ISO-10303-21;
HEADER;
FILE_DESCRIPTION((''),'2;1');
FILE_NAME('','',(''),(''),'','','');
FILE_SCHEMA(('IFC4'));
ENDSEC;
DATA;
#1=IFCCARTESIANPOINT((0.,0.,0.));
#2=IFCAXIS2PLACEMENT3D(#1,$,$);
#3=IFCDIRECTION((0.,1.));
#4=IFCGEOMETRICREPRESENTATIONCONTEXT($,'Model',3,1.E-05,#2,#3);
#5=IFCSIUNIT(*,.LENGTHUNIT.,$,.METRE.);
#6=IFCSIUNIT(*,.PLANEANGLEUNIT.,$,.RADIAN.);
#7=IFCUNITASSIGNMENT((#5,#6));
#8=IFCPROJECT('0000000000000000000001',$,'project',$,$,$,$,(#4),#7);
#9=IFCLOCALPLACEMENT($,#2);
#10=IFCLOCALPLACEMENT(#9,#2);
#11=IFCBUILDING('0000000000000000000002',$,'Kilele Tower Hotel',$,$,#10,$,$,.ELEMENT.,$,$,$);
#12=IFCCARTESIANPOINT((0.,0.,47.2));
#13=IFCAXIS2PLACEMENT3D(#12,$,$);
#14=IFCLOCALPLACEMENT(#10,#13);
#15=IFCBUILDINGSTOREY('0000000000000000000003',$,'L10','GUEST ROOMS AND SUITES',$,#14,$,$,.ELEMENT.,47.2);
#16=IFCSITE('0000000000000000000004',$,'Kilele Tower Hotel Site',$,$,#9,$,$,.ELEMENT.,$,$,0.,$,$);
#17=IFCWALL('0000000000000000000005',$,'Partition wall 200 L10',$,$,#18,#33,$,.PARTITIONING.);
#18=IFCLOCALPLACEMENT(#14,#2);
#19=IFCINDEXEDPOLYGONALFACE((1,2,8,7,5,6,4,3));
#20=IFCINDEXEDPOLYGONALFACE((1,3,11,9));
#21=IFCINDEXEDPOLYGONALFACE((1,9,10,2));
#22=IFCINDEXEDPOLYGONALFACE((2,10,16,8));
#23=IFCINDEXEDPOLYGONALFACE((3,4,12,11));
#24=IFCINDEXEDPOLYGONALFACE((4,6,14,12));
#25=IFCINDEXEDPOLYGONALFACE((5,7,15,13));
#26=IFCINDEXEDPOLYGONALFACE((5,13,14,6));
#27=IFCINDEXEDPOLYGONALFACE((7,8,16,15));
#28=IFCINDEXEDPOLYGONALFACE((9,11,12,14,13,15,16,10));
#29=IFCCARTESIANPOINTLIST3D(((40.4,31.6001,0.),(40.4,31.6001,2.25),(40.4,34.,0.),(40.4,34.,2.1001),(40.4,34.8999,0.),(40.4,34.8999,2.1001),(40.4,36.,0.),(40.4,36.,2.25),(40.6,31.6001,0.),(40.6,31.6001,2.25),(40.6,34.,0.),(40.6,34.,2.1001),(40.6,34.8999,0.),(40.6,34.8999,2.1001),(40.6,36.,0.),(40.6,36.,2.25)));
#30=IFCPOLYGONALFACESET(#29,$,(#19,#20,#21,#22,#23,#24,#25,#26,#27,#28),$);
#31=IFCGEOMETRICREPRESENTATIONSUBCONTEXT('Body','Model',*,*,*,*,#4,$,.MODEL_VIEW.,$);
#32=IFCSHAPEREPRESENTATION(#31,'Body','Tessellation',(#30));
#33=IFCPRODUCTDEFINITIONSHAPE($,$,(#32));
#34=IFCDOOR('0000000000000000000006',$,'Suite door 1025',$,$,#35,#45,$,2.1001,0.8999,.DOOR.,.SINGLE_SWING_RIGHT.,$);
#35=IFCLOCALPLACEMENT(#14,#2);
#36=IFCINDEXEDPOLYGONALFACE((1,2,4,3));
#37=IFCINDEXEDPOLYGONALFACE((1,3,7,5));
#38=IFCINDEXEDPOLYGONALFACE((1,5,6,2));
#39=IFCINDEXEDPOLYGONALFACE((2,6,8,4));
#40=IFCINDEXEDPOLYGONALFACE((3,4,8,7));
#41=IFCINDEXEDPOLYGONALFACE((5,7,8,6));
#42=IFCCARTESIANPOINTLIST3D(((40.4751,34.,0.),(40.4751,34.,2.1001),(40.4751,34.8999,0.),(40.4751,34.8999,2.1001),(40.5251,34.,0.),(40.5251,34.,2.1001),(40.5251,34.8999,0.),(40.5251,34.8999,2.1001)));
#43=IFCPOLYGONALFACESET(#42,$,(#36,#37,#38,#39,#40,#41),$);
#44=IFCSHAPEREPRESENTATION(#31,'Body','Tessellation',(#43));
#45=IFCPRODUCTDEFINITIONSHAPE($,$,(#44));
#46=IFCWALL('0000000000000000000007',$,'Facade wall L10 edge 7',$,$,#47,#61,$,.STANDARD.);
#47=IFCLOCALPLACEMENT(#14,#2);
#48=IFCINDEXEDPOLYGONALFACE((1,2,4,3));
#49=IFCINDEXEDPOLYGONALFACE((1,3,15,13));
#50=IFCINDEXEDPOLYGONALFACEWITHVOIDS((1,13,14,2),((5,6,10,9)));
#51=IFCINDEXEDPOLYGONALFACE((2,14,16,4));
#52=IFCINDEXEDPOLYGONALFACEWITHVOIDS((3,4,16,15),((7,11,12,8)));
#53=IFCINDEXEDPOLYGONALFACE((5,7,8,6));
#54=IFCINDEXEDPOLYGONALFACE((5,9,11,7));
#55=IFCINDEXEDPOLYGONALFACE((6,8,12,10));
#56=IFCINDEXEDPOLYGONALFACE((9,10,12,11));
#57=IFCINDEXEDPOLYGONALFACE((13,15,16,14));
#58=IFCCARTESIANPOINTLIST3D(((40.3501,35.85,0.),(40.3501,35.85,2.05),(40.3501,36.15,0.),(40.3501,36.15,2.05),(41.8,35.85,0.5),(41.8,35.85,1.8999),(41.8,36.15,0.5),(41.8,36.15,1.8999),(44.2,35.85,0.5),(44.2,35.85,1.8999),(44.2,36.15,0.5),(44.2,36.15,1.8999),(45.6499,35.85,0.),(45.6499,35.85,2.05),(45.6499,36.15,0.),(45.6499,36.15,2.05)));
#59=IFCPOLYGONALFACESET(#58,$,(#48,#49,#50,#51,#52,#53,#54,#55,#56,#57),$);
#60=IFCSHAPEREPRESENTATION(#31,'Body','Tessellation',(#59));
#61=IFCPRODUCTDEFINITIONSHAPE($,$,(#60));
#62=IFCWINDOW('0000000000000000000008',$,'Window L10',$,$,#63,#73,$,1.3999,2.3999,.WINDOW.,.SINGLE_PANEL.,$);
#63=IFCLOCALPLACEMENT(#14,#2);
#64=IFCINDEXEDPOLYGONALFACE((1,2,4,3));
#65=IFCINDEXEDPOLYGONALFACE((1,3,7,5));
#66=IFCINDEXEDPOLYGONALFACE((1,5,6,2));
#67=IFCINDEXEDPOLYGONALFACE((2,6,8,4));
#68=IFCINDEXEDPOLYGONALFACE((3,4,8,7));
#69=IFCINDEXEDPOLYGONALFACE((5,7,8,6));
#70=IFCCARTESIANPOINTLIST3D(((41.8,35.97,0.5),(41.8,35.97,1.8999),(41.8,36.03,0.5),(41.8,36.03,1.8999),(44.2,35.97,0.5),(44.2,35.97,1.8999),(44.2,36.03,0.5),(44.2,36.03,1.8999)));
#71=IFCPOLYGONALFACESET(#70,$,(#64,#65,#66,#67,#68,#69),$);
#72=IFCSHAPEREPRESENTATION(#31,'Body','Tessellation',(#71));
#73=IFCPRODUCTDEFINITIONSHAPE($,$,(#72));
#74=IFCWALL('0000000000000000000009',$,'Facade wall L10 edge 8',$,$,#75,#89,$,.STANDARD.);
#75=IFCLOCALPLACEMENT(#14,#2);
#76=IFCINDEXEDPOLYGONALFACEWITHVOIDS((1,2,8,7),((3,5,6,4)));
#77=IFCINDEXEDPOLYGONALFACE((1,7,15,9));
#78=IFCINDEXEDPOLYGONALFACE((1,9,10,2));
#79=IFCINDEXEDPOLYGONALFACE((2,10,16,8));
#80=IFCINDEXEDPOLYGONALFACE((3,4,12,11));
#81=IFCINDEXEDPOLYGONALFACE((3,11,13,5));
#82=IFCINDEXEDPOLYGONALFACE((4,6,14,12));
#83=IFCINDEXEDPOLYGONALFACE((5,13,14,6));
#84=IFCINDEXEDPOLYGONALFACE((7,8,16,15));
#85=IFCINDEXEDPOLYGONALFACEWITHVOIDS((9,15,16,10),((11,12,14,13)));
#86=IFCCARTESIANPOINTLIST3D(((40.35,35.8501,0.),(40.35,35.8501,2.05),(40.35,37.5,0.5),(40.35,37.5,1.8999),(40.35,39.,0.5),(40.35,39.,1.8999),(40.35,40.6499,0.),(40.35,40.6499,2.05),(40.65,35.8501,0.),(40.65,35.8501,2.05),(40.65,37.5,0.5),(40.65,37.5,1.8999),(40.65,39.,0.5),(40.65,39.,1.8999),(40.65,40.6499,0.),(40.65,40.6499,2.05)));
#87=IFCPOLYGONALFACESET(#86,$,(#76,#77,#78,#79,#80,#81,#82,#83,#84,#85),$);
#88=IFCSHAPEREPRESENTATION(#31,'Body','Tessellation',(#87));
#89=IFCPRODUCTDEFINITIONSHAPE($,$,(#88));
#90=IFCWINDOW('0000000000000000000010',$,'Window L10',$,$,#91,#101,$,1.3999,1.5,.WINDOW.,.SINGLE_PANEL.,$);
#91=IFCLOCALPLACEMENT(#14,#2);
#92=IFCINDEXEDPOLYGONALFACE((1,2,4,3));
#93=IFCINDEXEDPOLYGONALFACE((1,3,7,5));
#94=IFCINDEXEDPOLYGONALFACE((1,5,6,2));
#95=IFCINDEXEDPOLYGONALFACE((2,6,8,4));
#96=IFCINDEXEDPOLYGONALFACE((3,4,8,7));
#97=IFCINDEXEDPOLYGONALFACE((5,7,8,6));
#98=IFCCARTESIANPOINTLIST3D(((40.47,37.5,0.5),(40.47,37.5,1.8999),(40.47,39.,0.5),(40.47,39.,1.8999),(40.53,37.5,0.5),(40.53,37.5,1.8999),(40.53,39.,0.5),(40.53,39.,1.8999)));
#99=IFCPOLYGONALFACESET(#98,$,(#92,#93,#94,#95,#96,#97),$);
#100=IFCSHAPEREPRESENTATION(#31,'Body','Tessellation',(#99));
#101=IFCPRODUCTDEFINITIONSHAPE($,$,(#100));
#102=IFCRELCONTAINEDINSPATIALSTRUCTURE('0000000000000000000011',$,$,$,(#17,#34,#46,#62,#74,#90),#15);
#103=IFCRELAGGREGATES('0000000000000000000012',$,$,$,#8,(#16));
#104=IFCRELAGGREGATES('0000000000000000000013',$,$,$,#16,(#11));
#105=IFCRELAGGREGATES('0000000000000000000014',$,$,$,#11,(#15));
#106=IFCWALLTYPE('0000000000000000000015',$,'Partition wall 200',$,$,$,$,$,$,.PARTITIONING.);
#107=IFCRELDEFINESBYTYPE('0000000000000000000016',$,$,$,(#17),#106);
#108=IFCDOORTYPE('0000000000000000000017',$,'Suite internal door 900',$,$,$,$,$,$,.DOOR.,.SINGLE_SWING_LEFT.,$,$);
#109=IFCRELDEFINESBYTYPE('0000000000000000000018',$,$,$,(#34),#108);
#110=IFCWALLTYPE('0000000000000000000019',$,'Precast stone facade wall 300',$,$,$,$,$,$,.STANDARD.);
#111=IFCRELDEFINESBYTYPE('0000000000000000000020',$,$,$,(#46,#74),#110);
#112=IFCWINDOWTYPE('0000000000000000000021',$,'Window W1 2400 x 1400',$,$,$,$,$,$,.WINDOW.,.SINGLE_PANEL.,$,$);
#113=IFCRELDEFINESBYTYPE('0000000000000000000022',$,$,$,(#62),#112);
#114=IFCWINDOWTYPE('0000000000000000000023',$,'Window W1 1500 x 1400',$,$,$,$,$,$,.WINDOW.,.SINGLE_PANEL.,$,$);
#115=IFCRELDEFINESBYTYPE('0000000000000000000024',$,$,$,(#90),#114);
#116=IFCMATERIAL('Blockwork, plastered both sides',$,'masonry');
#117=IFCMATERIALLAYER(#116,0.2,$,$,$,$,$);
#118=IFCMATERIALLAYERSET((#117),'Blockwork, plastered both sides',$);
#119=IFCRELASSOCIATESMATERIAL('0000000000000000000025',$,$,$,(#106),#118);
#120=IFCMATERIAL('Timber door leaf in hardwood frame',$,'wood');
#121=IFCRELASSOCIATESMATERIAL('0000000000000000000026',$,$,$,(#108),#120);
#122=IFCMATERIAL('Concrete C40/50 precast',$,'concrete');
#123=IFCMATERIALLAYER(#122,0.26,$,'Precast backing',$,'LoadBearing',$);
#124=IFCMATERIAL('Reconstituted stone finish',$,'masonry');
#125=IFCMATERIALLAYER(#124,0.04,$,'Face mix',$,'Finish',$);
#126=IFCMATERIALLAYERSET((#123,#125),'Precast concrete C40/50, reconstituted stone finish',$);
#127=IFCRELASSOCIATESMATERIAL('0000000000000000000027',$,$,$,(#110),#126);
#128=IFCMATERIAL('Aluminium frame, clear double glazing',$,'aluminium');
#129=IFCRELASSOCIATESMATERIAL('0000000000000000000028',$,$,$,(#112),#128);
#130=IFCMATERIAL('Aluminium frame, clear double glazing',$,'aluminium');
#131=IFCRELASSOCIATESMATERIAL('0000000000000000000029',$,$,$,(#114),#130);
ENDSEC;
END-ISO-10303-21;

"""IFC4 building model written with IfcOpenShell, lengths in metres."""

from ifc_helpers import new_model, si_unit, direction, frame, frame_2d, origin, place, context, subcontext, project, spatial, rectangle, extrude, material, layer, layer_set, type_object, element, fill, save


model = new_model("IFC4")

# Units and contexts
model_context = context("Model", 3, precision=1e-05, world=origin(), true_north=direction((0.0, 1.0)))
body_context = subcontext(model_context, "Body", "Model", "MODEL_VIEW")
ifc_project = project(units=[si_unit("LENGTHUNIT", "METRE"), si_unit("PLANEANGLEUNIT", "RADIAN")], contexts=[model_context])

# Site, building, storey
site_placement = place(None, origin())
site = spatial("IfcSite", under=ifc_project, at=site_placement, Name="Kilele Tower Hotel Site", CompositionType="ELEMENT", RefElevation=0.0)
building_placement = place(site_placement, origin())
building = spatial("IfcBuilding", under=site, at=building_placement, Name="Kilele Tower Hotel", CompositionType="ELEMENT")
storey_placement = place(building_placement, frame((0.0, 0.0, 47.2)))
storey = spatial("IfcBuildingStorey", under=building, at=storey_placement, Name="L10", Description="GUEST ROOMS AND SUITES", CompositionType="ELEMENT", Elevation=47.2)

# Wall, opening, door
ifc_material_1 = material(Name="Blockwork, plastered both sides", Category="masonry")
ifc_layer_1 = layer(ifc_material_1, 0.2)
ifc_layer_set_1 = layer_set([ifc_layer_1], Name="Blockwork, plastered both sides")
wall_type_1 = type_object("IfcWallType", Name="Partition wall 200", PredefinedType="PARTITIONING", material=ifc_layer_set_1)
wall_1_placement = place(storey_placement, frame((40.5, 31.6001, 0.0), z_axis=(0.0, 0.0, 1.0), x_axis=(0.0, 1.0, 0.0)))
wall_1 = element("IfcWall", 1, at=wall_1_placement, inside=storey, type_object=wall_type_1, Name="Partition wall 200 L10", PredefinedType="PARTITIONING", context=body_context, shape_type="SweptSolid", body=[
    extrude(rectangle(XDim=4.3999, YDim=0.2, at=frame_2d((2.2, 0.0))), origin(), (0.0, 0.0, 1.0), 2.25),
])
opening_1_placement = place(wall_1_placement, frame((2.3999, 0.0, 0.0)))
opening_1 = element("IfcOpeningElement", 2, at=opening_1_placement, cuts=wall_1, PredefinedType="OPENING", context=body_context, shape_type="SweptSolid", body=[
    extrude(rectangle(XDim=0.8999, YDim=2.1001, at=frame_2d((0.45, 1.05))), frame((0.0, 0.1099, 0.0), z_axis=(0.0, -1.0, 0.0), x_axis=(1.0, 0.0, 0.0)), (0.0, 0.0, 1.0), 0.22),
])
ifc_material_2 = material(Name="Timber door leaf in hardwood frame", Category="wood")
door_type_1 = type_object("IfcDoorType", Name="Suite internal door 900", OperationType="SINGLE_SWING_LEFT", PredefinedType="DOOR", material=ifc_material_2)
door_1_placement = place(opening_1_placement, origin())
door_1 = element("IfcDoor", 3, at=door_1_placement, inside=storey, type_object=door_type_1, Name="Suite door 1025", OperationType="SINGLE_SWING_RIGHT", OverallHeight=2.1001, OverallWidth=0.8999, PredefinedType="DOOR", context=body_context, shape_type="SweptSolid", body=[
    extrude(rectangle(XDim=0.8999, YDim=2.1001, at=frame_2d((0.45, 1.05))), frame((0.0, 0.0249, 0.0), z_axis=(0.0, -1.0, 0.0), x_axis=(1.0, 0.0, 0.0)), (0.0, 0.0, 1.0), 0.05),
])
fill(opening_1, door_1)

# Walls, openings, windows
ifc_material_3 = material(Name="Concrete C40/50 precast", Category="concrete")
ifc_layer_2 = layer(ifc_material_3, 0.26, Name="Precast backing", Category="LoadBearing")
ifc_material_4 = material(Name="Reconstituted stone finish", Category="masonry")
ifc_layer_3 = layer(ifc_material_4, 0.04, Name="Face mix", Category="Finish")
ifc_layer_set_2 = layer_set([ifc_layer_2, ifc_layer_3], Name="Precast concrete C40/50, reconstituted stone finish")
wall_type_2 = type_object("IfcWallType", Name="Precast stone facade wall 300", PredefinedType="STANDARD", material=ifc_layer_set_2)
wall_2_placement = place(storey_placement, frame((45.6499, 36.0, 0.0), z_axis=(0.0, 0.0, 1.0), x_axis=(-1.0, 0.0, 0.0)))
wall_2 = element("IfcWall", 4, at=wall_2_placement, inside=storey, type_object=wall_type_2, Name="Facade wall L10 edge 7", PredefinedType="STANDARD", context=body_context, shape_type="SweptSolid", body=[
    extrude(rectangle(XDim=5.2998, YDim=0.3, at=frame_2d((2.6499, 0.0))), origin(), (0.0, 0.0, 1.0), 2.05),
])
opening_2_placement = place(wall_2_placement, frame((1.45, 0.0, 0.5)))
opening_2 = element("IfcOpeningElement", 5, at=opening_2_placement, cuts=wall_2, PredefinedType="OPENING", context=body_context, shape_type="SweptSolid", body=[
    extrude(rectangle(XDim=2.3999, YDim=1.3999, at=frame_2d((1.2, 0.7))), frame((0.0, 0.1599, 0.0), z_axis=(0.0, -1.0, 0.0), x_axis=(1.0, 0.0, 0.0)), (0.0, 0.0, 1.0), 0.3201),
])
ifc_material_5 = material(Name="Aluminium frame, clear double glazing", Category="aluminium")
window_type_1 = type_object("IfcWindowType", Name="Window W1 2400 x 1400", PartitioningType="SINGLE_PANEL", PredefinedType="WINDOW", material=ifc_material_5)
window_1_placement = place(opening_2_placement, origin())
window_1 = element("IfcWindow", 6, at=window_1_placement, inside=storey, type_object=window_type_1, Name="Window L10", OverallHeight=1.3999, OverallWidth=2.3999, PartitioningType="SINGLE_PANEL", PredefinedType="WINDOW", context=body_context, shape_type="SweptSolid", body=[
    extrude(rectangle(XDim=2.3999, YDim=1.3999, at=frame_2d((1.2, 0.7))), frame((0.0, 0.03, 0.0), z_axis=(0.0, -1.0, 0.0), x_axis=(1.0, 0.0, 0.0)), (0.0, 0.0, 1.0), 0.0601),
])
fill(opening_2, window_1)
wall_3_placement = place(storey_placement, frame((40.5, 35.8501, 0.0), z_axis=(0.0, 0.0, 1.0), x_axis=(0.0, 1.0, 0.0)))
wall_3 = element("IfcWall", 7, at=wall_3_placement, inside=storey, type_object=wall_type_2, Name="Facade wall L10 edge 8", PredefinedType="STANDARD", context=body_context, shape_type="SweptSolid", body=[
    extrude(rectangle(XDim=4.7998, YDim=0.3, at=frame_2d((2.3999, 0.0))), origin(), (0.0, 0.0, 1.0), 2.05),
])
opening_3_placement = place(wall_3_placement, frame((1.6499, 0.0, 0.5)))
opening_3 = element("IfcOpeningElement", 8, at=opening_3_placement, cuts=wall_3, PredefinedType="OPENING", context=body_context, shape_type="SweptSolid", body=[
    extrude(rectangle(XDim=1.5, YDim=1.3999, at=frame_2d((0.75, 0.7))), frame((0.0, 0.1599, 0.0), z_axis=(0.0, -1.0, 0.0), x_axis=(1.0, 0.0, 0.0)), (0.0, 0.0, 1.0), 0.3201),
])
ifc_material_6 = material(Name="Aluminium frame, clear double glazing", Category="aluminium")
window_type_2 = type_object("IfcWindowType", Name="Window W1 1500 x 1400", PartitioningType="SINGLE_PANEL", PredefinedType="WINDOW", material=ifc_material_6)
window_2_placement = place(opening_3_placement, origin())
window_2 = element("IfcWindow", 9, at=window_2_placement, inside=storey, type_object=window_type_2, Name="Window L10", OverallHeight=1.3999, OverallWidth=1.5, PartitioningType="SINGLE_PANEL", PredefinedType="WINDOW", context=body_context, shape_type="SweptSolid", body=[
    extrude(rectangle(XDim=1.5, YDim=1.3999, at=frame_2d((0.75, 0.7))), frame((0.0, 0.03, 0.0), z_axis=(0.0, -1.0, 0.0), x_axis=(1.0, 0.0, 0.0)), (0.0, 0.0, 1.0), 0.0601),
])
fill(opening_3, window_2)

save(model, "model.ifc")
